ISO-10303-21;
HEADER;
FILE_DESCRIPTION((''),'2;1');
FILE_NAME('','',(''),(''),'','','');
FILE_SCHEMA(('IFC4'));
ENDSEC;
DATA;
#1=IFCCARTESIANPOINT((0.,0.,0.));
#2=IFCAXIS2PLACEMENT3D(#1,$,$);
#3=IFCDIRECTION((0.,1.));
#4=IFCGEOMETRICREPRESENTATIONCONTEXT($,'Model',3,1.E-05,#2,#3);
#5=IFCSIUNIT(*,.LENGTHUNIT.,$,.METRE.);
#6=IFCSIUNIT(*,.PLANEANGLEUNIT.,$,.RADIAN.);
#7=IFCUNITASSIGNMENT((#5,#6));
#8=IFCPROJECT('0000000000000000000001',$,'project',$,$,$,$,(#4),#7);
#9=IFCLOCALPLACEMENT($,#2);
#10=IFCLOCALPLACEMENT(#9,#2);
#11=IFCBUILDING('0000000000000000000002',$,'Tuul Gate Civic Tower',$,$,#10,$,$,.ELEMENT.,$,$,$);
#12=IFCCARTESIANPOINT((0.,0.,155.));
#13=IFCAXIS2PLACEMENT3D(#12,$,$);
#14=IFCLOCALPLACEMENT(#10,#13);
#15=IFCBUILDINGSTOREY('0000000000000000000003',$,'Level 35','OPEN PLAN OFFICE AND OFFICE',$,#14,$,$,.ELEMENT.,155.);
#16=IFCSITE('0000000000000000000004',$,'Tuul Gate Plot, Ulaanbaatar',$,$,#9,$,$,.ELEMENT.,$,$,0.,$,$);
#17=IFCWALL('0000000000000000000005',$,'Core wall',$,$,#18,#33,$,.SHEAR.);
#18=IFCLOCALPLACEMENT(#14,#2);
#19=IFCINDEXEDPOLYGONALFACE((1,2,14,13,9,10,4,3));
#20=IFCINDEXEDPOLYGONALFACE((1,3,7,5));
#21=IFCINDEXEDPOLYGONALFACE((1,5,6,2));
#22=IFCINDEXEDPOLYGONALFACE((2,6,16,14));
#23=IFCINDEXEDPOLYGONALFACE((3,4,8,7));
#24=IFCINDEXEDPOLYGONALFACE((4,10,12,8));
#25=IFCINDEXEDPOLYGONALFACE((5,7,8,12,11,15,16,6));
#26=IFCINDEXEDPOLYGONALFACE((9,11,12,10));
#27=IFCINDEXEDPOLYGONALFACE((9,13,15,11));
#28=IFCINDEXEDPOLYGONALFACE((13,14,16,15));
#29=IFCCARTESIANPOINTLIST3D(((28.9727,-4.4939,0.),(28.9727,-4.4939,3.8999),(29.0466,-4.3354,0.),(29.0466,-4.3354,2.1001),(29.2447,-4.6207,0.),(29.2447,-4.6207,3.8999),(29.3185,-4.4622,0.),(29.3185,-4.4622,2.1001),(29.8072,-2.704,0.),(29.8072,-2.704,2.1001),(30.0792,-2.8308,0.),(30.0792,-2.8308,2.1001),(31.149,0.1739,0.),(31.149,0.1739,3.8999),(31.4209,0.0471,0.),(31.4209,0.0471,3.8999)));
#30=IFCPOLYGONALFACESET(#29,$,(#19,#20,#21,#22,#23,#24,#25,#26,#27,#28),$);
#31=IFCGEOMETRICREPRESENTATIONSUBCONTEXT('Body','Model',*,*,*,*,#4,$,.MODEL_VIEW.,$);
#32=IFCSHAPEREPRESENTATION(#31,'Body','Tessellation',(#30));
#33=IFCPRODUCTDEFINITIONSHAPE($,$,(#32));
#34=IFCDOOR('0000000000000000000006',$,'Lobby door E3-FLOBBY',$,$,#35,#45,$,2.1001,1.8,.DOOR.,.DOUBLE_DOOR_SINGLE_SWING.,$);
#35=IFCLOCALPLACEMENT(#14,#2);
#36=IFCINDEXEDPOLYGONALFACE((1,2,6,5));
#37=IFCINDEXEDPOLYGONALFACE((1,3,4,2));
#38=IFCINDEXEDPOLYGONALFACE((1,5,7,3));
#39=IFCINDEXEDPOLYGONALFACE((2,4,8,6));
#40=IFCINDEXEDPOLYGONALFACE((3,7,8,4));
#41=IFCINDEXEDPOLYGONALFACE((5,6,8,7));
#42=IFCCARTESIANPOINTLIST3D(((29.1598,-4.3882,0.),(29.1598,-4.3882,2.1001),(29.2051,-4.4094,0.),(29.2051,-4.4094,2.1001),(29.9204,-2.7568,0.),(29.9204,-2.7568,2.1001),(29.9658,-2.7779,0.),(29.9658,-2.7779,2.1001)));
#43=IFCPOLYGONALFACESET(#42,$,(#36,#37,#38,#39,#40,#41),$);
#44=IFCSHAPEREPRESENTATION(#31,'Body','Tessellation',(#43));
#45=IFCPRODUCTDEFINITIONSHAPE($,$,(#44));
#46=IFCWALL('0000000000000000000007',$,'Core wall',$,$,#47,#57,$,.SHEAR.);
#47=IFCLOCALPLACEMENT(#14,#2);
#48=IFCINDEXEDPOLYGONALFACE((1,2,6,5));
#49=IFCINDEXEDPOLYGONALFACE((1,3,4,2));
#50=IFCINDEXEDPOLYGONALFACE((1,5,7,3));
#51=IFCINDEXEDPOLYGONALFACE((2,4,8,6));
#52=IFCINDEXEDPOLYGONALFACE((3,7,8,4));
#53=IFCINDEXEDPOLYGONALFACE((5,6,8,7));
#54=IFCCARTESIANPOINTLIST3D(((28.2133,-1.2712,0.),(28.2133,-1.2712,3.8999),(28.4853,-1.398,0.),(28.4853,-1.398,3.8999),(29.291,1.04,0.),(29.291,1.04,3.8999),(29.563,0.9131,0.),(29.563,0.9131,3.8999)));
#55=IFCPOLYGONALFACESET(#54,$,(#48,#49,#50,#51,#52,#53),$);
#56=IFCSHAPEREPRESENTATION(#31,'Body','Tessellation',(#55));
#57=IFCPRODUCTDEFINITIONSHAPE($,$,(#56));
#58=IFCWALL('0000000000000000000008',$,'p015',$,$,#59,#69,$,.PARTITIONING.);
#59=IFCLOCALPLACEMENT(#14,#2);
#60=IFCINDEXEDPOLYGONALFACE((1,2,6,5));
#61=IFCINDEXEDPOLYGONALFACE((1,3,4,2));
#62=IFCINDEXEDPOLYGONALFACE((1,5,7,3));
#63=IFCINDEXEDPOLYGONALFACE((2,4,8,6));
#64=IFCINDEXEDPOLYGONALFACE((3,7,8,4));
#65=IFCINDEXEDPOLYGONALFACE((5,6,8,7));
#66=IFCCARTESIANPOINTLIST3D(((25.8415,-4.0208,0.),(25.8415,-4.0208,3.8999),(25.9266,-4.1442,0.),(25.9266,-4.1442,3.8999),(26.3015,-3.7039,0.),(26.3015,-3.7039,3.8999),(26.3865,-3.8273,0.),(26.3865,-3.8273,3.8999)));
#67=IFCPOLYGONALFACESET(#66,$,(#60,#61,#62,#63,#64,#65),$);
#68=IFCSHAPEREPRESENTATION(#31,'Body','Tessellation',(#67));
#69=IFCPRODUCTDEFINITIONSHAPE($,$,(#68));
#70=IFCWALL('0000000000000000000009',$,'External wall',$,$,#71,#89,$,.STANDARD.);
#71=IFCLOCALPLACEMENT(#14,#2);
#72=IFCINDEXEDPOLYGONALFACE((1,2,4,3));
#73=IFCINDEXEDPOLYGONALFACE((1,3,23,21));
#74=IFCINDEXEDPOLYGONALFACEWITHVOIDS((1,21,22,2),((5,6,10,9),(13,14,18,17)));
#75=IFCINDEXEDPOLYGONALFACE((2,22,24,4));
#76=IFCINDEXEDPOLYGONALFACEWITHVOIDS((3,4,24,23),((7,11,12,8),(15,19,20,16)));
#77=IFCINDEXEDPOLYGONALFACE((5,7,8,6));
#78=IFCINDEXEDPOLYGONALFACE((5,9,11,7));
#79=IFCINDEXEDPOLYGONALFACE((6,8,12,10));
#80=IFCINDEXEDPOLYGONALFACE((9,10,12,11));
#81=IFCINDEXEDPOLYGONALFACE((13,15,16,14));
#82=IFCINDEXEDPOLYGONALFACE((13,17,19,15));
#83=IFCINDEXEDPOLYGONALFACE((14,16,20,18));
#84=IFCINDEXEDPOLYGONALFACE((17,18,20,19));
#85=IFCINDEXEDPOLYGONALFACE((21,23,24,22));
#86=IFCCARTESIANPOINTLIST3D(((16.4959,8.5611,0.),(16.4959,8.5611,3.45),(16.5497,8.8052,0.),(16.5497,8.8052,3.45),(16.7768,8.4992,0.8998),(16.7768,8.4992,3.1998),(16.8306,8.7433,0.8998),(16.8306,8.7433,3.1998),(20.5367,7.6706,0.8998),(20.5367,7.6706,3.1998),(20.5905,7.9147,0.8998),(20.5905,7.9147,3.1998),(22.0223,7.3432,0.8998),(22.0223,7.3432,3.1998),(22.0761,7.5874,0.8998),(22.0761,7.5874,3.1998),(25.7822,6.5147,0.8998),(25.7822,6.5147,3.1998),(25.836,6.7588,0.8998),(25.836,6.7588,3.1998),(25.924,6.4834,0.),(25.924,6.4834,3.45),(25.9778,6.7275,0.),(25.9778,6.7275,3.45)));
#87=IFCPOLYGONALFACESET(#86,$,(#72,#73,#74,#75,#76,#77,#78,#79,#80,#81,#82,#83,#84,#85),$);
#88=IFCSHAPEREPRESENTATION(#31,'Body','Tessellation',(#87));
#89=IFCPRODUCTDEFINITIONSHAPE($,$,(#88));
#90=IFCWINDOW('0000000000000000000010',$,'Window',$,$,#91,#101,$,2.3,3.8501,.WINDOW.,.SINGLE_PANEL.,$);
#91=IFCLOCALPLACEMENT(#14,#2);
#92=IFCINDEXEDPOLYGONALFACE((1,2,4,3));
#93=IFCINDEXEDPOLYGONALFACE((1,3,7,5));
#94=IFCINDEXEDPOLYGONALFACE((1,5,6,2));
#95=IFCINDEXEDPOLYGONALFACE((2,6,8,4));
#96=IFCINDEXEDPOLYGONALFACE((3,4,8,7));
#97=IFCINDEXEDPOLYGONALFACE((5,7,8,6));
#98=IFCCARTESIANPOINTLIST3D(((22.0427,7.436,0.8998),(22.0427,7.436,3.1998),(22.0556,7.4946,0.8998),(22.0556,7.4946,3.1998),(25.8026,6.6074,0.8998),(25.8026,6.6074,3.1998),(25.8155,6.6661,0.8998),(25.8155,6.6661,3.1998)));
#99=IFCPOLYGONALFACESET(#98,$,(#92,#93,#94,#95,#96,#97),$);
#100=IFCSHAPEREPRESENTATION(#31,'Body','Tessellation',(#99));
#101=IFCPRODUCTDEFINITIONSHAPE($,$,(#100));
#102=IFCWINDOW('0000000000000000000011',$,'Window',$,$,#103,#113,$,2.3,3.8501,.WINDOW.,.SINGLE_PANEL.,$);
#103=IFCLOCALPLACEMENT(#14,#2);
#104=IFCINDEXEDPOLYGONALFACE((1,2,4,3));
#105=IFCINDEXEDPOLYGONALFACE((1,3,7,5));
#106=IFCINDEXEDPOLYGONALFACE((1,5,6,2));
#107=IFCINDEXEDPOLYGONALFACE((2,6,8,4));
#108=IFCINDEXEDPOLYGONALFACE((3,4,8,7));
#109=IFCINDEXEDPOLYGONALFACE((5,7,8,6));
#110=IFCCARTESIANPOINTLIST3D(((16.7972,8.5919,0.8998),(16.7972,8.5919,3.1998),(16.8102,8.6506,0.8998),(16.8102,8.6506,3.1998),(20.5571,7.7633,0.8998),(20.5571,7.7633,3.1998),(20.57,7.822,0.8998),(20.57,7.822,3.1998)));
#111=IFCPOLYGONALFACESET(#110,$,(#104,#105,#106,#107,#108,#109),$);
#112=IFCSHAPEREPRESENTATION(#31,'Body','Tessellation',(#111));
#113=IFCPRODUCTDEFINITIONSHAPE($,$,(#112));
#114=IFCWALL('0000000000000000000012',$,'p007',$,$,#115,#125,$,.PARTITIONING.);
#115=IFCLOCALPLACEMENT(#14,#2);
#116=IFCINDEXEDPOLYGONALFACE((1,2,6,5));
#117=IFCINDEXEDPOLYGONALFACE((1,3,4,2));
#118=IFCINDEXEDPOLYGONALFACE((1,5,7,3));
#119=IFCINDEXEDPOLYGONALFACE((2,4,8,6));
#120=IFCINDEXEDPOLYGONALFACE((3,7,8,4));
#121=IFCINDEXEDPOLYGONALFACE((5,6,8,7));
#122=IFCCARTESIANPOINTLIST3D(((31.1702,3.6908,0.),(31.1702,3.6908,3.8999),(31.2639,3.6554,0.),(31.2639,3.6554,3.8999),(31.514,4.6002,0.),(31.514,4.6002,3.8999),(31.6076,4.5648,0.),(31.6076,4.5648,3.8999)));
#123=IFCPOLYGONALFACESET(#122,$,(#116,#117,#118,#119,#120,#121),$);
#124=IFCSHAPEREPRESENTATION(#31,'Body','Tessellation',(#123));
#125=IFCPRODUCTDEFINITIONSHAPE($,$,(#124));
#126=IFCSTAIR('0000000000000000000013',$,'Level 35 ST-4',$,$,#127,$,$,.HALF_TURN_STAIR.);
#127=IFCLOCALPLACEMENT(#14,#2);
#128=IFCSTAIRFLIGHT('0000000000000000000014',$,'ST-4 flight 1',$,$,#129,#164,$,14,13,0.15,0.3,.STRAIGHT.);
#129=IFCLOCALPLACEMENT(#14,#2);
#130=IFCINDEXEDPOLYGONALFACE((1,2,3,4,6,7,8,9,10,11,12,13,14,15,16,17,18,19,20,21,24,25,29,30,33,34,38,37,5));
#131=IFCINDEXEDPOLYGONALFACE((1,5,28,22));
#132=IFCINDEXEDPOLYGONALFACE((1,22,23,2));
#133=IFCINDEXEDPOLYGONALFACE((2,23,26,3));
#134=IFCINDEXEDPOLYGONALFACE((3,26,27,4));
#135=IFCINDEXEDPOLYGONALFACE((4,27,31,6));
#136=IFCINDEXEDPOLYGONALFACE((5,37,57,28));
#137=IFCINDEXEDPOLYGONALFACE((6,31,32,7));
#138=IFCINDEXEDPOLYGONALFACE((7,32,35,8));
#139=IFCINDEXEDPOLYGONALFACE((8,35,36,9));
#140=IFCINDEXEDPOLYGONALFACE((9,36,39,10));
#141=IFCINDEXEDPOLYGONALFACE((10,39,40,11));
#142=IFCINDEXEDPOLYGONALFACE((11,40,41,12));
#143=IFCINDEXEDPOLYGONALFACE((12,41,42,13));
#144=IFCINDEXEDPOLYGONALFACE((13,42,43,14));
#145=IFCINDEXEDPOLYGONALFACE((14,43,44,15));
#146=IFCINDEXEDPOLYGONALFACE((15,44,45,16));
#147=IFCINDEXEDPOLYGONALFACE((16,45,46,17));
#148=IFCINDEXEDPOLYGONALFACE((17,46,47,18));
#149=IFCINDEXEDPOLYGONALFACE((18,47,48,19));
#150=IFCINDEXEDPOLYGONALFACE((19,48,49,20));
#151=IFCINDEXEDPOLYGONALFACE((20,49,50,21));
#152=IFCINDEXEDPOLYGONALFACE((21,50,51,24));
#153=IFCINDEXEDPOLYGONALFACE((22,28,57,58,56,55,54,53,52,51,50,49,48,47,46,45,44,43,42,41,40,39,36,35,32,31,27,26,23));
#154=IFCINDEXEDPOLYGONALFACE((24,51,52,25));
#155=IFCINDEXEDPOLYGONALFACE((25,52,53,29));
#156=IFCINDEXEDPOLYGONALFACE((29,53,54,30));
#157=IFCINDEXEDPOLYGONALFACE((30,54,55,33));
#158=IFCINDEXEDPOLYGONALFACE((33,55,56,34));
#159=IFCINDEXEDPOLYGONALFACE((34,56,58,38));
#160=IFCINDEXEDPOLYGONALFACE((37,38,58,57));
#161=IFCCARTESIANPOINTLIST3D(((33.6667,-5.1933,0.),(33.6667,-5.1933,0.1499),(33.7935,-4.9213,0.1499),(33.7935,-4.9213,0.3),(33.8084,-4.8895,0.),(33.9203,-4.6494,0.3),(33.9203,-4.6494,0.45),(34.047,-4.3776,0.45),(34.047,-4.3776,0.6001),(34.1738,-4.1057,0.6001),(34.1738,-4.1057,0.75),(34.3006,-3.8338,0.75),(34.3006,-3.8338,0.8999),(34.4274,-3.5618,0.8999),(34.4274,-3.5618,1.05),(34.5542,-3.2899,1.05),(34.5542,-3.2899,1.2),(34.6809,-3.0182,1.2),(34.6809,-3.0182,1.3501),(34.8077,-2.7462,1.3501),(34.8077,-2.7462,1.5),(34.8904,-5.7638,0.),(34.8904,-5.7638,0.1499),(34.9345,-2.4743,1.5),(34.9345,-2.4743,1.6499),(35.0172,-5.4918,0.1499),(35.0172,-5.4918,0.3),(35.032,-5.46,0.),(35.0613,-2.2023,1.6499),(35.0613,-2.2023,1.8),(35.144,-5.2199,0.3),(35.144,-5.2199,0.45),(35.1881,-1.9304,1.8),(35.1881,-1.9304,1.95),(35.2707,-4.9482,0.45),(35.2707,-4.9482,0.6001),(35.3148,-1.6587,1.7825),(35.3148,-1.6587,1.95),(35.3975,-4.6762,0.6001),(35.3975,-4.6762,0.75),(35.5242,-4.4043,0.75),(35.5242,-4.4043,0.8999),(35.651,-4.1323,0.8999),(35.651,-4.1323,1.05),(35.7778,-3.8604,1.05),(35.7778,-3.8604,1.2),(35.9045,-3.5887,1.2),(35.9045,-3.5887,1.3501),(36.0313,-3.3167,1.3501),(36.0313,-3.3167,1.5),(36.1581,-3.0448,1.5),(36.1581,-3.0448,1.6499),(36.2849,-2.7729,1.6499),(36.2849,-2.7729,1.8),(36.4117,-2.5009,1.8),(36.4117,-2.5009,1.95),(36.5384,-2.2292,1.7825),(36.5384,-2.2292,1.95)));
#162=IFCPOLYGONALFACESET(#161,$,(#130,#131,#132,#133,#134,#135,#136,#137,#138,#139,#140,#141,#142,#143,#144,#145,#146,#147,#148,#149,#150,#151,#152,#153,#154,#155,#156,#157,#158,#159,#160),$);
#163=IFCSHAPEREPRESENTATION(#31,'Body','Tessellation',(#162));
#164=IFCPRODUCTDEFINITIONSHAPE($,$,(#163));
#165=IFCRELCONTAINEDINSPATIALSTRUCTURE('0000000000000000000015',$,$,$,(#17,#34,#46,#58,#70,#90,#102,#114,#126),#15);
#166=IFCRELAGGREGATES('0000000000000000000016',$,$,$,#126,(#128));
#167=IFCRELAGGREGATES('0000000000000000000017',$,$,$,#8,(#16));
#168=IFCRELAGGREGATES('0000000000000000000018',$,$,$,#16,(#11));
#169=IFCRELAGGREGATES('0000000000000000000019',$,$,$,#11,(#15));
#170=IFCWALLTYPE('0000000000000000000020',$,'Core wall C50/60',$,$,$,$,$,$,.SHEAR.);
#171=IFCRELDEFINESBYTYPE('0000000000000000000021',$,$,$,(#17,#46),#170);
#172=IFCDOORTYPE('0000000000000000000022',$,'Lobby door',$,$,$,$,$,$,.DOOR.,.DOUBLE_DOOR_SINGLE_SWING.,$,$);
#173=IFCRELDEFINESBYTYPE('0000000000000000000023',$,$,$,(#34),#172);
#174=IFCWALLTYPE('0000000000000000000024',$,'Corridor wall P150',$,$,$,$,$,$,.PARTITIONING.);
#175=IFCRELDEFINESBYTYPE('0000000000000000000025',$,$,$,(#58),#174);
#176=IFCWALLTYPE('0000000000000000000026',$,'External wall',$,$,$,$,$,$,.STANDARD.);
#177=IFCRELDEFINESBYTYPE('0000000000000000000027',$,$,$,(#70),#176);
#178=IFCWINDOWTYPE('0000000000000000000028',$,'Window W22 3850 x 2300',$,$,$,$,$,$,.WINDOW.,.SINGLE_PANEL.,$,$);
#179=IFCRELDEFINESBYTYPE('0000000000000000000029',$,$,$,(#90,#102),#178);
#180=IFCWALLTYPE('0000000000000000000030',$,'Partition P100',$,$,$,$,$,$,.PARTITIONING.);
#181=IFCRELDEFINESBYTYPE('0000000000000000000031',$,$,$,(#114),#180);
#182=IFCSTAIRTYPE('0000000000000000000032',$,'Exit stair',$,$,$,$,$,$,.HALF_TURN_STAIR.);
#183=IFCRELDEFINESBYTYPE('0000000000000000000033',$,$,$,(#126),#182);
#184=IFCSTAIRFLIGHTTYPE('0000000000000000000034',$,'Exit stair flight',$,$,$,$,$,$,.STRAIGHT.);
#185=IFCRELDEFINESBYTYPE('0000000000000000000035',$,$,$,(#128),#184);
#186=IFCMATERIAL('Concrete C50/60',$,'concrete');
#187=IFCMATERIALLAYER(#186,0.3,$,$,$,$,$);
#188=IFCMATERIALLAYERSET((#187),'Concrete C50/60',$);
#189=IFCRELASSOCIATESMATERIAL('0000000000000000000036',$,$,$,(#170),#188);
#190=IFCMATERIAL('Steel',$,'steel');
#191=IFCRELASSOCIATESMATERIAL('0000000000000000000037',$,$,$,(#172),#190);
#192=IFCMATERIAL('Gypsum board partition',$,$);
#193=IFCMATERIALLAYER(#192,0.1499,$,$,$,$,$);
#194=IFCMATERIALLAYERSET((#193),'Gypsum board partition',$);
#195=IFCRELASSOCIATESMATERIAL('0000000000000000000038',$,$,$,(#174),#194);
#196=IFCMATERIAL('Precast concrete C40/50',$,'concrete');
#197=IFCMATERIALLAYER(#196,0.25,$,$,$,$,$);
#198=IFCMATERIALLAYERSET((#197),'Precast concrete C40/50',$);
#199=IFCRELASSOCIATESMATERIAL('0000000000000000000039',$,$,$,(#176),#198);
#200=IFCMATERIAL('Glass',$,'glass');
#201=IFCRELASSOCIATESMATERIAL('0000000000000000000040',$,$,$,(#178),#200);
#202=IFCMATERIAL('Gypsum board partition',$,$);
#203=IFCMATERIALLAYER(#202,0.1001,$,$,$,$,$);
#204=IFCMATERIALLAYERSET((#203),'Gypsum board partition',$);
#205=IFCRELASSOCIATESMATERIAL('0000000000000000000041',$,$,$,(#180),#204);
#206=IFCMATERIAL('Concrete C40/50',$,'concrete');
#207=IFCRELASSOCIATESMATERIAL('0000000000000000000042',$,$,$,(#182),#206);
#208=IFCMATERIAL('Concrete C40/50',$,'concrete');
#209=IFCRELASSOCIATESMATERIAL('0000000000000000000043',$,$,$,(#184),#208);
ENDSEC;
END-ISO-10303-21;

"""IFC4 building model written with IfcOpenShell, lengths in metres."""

from ifc_helpers import new_model, si_unit, direction, frame, frame_2d, origin, place, context, subcontext, project, spatial, polyline, rectangle, outline, extrude, material, layer, layer_set, type_object, element, fill, aggregate, save


model = new_model("IFC4")

# Units and contexts
model_context = context("Model", 3, precision=1e-05, world=origin(), true_north=direction((0.0, 1.0)))
body_context = subcontext(model_context, "Body", "Model", "MODEL_VIEW")
ifc_project = project(units=[si_unit("LENGTHUNIT", "METRE"), si_unit("PLANEANGLEUNIT", "RADIAN")], contexts=[model_context])

# Site, building, storey
site_placement = place(None, origin())
site = spatial("IfcSite", under=ifc_project, at=site_placement, Name="Tuul Gate Plot, Ulaanbaatar", CompositionType="ELEMENT", RefElevation=0.0)
building_placement = place(site_placement, origin())
building = spatial("IfcBuilding", under=site, at=building_placement, Name="Tuul Gate Civic Tower", CompositionType="ELEMENT")
storey_placement = place(building_placement, frame((0.0, 0.0, 155.0)))
storey = spatial("IfcBuildingStorey", under=building, at=storey_placement, Name="Level 35", Description="OPEN PLAN OFFICE AND OFFICE", CompositionType="ELEMENT", Elevation=155.0)

# Shared definitions
ifc_material_1 = material(Name="Concrete C50/60", Category="concrete")
ifc_layer_1 = layer(ifc_material_1, 0.3)
ifc_layer_set_1 = layer_set([ifc_layer_1], Name="Concrete C50/60")
wall_type_1 = type_object("IfcWallType", Name="Core wall C50/60", PredefinedType="SHEAR", material=ifc_layer_set_1)

# Wall, opening, door
wall_1_placement = place(storey_placement, frame((29.1086, -4.5574, 0.0), z_axis=(0.0, 0.0, 1.0), x_axis=(0.422566, 0.906332, 0.0)))
wall_1 = element("IfcWall", 1, at=wall_1_placement, inside=storey, type_object=wall_type_1, Name="Core wall", PredefinedType="SHEAR", context=body_context, shape_type="SweptSolid", body=[
    extrude(rectangle(XDim=5.1501, YDim=0.3, at=frame_2d((2.5752, 0.0))), origin(), (0.0, 0.0, 1.0), 3.8999),
])
opening_1_placement = place(wall_1_placement, frame((0.175, 0.0, 0.0)))
opening_1 = element("IfcOpeningElement", 2, at=opening_1_placement, cuts=wall_1, PredefinedType="OPENING", context=body_context, shape_type="SweptSolid", body=[
    extrude(rectangle(XDim=1.8, YDim=2.1001, at=frame_2d((0.8999, 1.05))), frame((0.0, 0.1602, 0.0), z_axis=(0.0, -1.0, 0.0), x_axis=(1.0, 0.0, 0.0)), (0.0, 0.0, 1.0), 0.3201),
])
ifc_material_2 = material(Name="Steel", Category="steel")
door_type_1 = type_object("IfcDoorType", Name="Lobby door", OperationType="DOUBLE_DOOR_SINGLE_SWING", PredefinedType="DOOR", material=ifc_material_2)
door_1_placement = place(opening_1_placement, frame((1.8, 0.0, 0.0), z_axis=(0.0, 0.0, 1.0), x_axis=(-1.0, 0.0, 0.0)))
door_1 = element("IfcDoor", 3, at=door_1_placement, inside=storey, type_object=door_type_1, Name="Lobby door E3-FLOBBY", OperationType="DOUBLE_DOOR_SINGLE_SWING", OverallHeight=2.1001, OverallWidth=1.8, PredefinedType="DOOR", context=body_context, shape_type="SweptSolid", body=[
    extrude(rectangle(XDim=1.8, YDim=2.1001, at=frame_2d((0.9001, 1.05))), frame((0.0, 0.0249, 0.0), z_axis=(0.0, -1.0, 0.0), x_axis=(1.0, 0.0, 0.0)), (0.0, 0.0, 1.0), 0.05),
])
fill(opening_1, door_1)

# Walls
wall_2_placement = place(storey_placement, frame((28.3494, -1.3345, 0.0), z_axis=(0.0, 0.0, 1.0), x_axis=(0.422613, 0.90631, 0.0)))
element("IfcWall", 4, at=wall_2_placement, inside=storey, type_object=wall_type_1, Name="Core wall", PredefinedType="SHEAR", context=body_context, shape_type="SweptSolid", body=[
    extrude(rectangle(XDim=2.55, YDim=0.3, at=frame_2d((1.2749, 0.0))), origin(), (0.0, 0.0, 1.0), 3.8999),
])
ifc_material_3 = material(Name="Gypsum board partition")
ifc_layer_2 = layer(ifc_material_3, 0.1499)
ifc_layer_set_2 = layer_set([ifc_layer_2], Name="Gypsum board partition")
wall_type_2 = type_object("IfcWallType", Name="Corridor wall P150", PredefinedType="PARTITIONING", material=ifc_layer_set_2)
wall_3_placement = place(storey_placement, frame((25.884, -4.0825, 0.0), z_axis=(0.0, 0.0, 1.0), x_axis=(0.82348, 0.567345, 0.0)))
element("IfcWall", 5, at=wall_3_placement, inside=storey, type_object=wall_type_2, Name="p015", PredefinedType="PARTITIONING", context=body_context, shape_type="SweptSolid", body=[
    extrude(rectangle(XDim=0.5586, YDim=0.1499, at=frame_2d((0.2793, 0.0))), origin(), (0.0, 0.0, 1.0), 3.8999),
])

# Wall, openings, windows
ifc_material_4 = material(Name="Precast concrete C40/50", Category="concrete")
ifc_layer_3 = layer(ifc_material_4, 0.25)
ifc_layer_set_3 = layer_set([ifc_layer_3], Name="Precast concrete C40/50")
wall_type_3 = type_object("IfcWallType", Name="External wall", PredefinedType="STANDARD", material=ifc_layer_set_3)
wall_4_placement = place(storey_placement, frame((25.9509, 6.6055, 0.0), z_axis=(0.0, 0.0, 1.0), x_axis=(-0.976569, 0.215206, 0.0)))
wall_4 = element("IfcWall", 6, at=wall_4_placement, inside=storey, type_object=wall_type_3, Name="External wall", PredefinedType="STANDARD", context=body_context, shape_type="SweptSolid", body=[
    extrude(rectangle(XDim=9.6543, YDim=0.25, at=frame_2d((4.8271, 0.0))), origin(), (0.0, 0.0, 1.0), 3.45),
])
opening_2_placement = place(wall_4_placement, frame((0.1453, 0.0, 0.8999)))
opening_2 = element("IfcOpeningElement", 7, at=opening_2_placement, cuts=wall_4, PredefinedType="OPENING", context=body_context, shape_type="SweptSolid", body=[
    extrude(rectangle(XDim=3.8501, YDim=2.3, at=frame_2d((1.925, 1.1499))), frame((0.0, 0.135, 0.0), z_axis=(0.0, -1.0, 0.0), x_axis=(1.0, 0.0, 0.0)), (0.0, 0.0, 1.0), 0.27),
])
opening_3_placement = place(wall_4_placement, frame((5.5166, 0.0, 0.8999)))
opening_3 = element("IfcOpeningElement", 8, at=opening_3_placement, cuts=wall_4, PredefinedType="OPENING", context=body_context, shape_type="SweptSolid", body=[
    extrude(rectangle(XDim=3.8501, YDim=2.3, at=frame_2d((1.925, 1.1499))), frame((0.0, 0.135, 0.0), z_axis=(0.0, -1.0, 0.0), x_axis=(1.0, 0.0, 0.0)), (0.0, 0.0, 1.0), 0.27),
])
ifc_material_5 = material(Name="Glass", Category="glass")
window_type = type_object("IfcWindowType", Name="Window W22 3850 x 2300", PartitioningType="SINGLE_PANEL", PredefinedType="WINDOW", material=ifc_material_5)
window_1_placement = place(opening_2_placement, origin())
window_1 = element("IfcWindow", 9, at=window_1_placement, inside=storey, type_object=window_type, Name="Window", OverallHeight=2.3, OverallWidth=3.8501, PartitioningType="SINGLE_PANEL", PredefinedType="WINDOW", context=body_context, shape_type="SweptSolid", body=[
    extrude(rectangle(XDim=3.8501, YDim=2.3, at=frame_2d((1.925, 1.1499))), frame((0.0, 0.03, 0.0), z_axis=(0.0, -1.0, 0.0), x_axis=(1.0, 0.0, 0.0)), (0.0, 0.0, 1.0), 0.0601),
])
fill(opening_2, window_1)
window_2_placement = place(opening_3_placement, origin())
window_2 = element("IfcWindow", 10, at=window_2_placement, inside=storey, type_object=window_type, Name="Window", OverallHeight=2.3, OverallWidth=3.8501, PartitioningType="SINGLE_PANEL", PredefinedType="WINDOW", context=body_context, shape_type="SweptSolid", body=[
    extrude(rectangle(XDim=3.8501, YDim=2.3, at=frame_2d((1.925, 1.1499))), frame((0.0, 0.03, 0.0), z_axis=(0.0, -1.0, 0.0), x_axis=(1.0, 0.0, 0.0)), (0.0, 0.0, 1.0), 0.0601),
])
fill(opening_3, window_2)

# Wall
ifc_material_6 = material(Name="Gypsum board partition")
ifc_layer_4 = layer(ifc_material_6, 0.1001)
ifc_layer_set_4 = layer_set([ifc_layer_4], Name="Gypsum board partition")
wall_type_4 = type_object("IfcWallType", Name="Partition P100", PredefinedType="PARTITIONING", material=ifc_layer_set_4)
wall_5_placement = place(storey_placement, frame((31.217, 3.6731, 0.0), z_axis=(0.0, 0.0, 1.0), x_axis=(0.353571, 0.935408, 0.0)))
element("IfcWall", 11, at=wall_5_placement, inside=storey, type_object=wall_type_4, Name="p007", PredefinedType="PARTITIONING", context=body_context, shape_type="SweptSolid", body=[
    extrude(rectangle(XDim=0.9722, YDim=0.1001, at=frame_2d((0.4861, 0.0))), origin(), (0.0, 0.0, 1.0), 3.8999),
])

# Stair, stair flight
ifc_material_7 = material(Name="Concrete C40/50", Category="concrete")
stair_type = type_object("IfcStairType", Name="Exit stair", PredefinedType="HALF_TURN_STAIR", material=ifc_material_7)
stair_placement = place(storey_placement, origin())
stair = element("IfcStair", 12, at=stair_placement, inside=storey, type_object=stair_type, Name="Level 35 ST-4", PredefinedType="HALF_TURN_STAIR")
ifc_material_8 = material(Name="Concrete C40/50", Category="concrete")
stair_flight_type = type_object("IfcStairFlightType", Name="Exit stair flight", PredefinedType="STRAIGHT", material=ifc_material_8)
stair_flight_1_placement = place(storey_placement, frame((34.2786, -5.4785, 0.0), z_axis=(0.0, 0.0, 1.0), x_axis=(0.422576, 0.906327, 0.0)))
stair_flight_1 = element("IfcStairFlight", 13, at=stair_flight_1_placement, type_object=stair_flight_type, Name="ST-4 flight 1", NumberOfRisers=14, NumberOfTreads=13, PredefinedType="STRAIGHT", RiserHeight=0.15, TreadLength=0.3, context=body_context, shape_type="SweptSolid", body=[
    extrude(outline(polyline([(0.0, 0.0), (0.0, 0.1499), (0.3, 0.1499), (0.3, 0.3), (0.6001, 0.3), (0.6001, 0.45), (0.8999, 0.45), (0.8999, 0.6001), (1.2, 0.6001), (1.2, 0.75), (1.5, 0.75), (1.5, 0.8999), (1.8, 0.8999), (1.8, 1.05), (2.1001, 1.05), (2.1001, 1.2), (2.3999, 1.2), (2.3999, 1.3501), (2.7, 1.3501), (2.7, 1.5), (3.0, 1.5), (3.0, 1.6499), (3.3, 1.6499), (3.3, 1.8), (3.6001, 1.8), (3.6001, 1.95), (3.8999, 1.95), (3.8999, 2.1001), (3.8999, 1.7825), (0.3352, 0.0), (0.0, 0.0)])), frame((0.0, 0.675, 0.0), z_axis=(0.0, -1.0, 0.0), x_axis=(1.0, 0.0, 0.0)), (0.0, 0.0, 1.0), 1.3501),
])
aggregate(stair, [stair_flight_1])

save(model, "model.ifc")
